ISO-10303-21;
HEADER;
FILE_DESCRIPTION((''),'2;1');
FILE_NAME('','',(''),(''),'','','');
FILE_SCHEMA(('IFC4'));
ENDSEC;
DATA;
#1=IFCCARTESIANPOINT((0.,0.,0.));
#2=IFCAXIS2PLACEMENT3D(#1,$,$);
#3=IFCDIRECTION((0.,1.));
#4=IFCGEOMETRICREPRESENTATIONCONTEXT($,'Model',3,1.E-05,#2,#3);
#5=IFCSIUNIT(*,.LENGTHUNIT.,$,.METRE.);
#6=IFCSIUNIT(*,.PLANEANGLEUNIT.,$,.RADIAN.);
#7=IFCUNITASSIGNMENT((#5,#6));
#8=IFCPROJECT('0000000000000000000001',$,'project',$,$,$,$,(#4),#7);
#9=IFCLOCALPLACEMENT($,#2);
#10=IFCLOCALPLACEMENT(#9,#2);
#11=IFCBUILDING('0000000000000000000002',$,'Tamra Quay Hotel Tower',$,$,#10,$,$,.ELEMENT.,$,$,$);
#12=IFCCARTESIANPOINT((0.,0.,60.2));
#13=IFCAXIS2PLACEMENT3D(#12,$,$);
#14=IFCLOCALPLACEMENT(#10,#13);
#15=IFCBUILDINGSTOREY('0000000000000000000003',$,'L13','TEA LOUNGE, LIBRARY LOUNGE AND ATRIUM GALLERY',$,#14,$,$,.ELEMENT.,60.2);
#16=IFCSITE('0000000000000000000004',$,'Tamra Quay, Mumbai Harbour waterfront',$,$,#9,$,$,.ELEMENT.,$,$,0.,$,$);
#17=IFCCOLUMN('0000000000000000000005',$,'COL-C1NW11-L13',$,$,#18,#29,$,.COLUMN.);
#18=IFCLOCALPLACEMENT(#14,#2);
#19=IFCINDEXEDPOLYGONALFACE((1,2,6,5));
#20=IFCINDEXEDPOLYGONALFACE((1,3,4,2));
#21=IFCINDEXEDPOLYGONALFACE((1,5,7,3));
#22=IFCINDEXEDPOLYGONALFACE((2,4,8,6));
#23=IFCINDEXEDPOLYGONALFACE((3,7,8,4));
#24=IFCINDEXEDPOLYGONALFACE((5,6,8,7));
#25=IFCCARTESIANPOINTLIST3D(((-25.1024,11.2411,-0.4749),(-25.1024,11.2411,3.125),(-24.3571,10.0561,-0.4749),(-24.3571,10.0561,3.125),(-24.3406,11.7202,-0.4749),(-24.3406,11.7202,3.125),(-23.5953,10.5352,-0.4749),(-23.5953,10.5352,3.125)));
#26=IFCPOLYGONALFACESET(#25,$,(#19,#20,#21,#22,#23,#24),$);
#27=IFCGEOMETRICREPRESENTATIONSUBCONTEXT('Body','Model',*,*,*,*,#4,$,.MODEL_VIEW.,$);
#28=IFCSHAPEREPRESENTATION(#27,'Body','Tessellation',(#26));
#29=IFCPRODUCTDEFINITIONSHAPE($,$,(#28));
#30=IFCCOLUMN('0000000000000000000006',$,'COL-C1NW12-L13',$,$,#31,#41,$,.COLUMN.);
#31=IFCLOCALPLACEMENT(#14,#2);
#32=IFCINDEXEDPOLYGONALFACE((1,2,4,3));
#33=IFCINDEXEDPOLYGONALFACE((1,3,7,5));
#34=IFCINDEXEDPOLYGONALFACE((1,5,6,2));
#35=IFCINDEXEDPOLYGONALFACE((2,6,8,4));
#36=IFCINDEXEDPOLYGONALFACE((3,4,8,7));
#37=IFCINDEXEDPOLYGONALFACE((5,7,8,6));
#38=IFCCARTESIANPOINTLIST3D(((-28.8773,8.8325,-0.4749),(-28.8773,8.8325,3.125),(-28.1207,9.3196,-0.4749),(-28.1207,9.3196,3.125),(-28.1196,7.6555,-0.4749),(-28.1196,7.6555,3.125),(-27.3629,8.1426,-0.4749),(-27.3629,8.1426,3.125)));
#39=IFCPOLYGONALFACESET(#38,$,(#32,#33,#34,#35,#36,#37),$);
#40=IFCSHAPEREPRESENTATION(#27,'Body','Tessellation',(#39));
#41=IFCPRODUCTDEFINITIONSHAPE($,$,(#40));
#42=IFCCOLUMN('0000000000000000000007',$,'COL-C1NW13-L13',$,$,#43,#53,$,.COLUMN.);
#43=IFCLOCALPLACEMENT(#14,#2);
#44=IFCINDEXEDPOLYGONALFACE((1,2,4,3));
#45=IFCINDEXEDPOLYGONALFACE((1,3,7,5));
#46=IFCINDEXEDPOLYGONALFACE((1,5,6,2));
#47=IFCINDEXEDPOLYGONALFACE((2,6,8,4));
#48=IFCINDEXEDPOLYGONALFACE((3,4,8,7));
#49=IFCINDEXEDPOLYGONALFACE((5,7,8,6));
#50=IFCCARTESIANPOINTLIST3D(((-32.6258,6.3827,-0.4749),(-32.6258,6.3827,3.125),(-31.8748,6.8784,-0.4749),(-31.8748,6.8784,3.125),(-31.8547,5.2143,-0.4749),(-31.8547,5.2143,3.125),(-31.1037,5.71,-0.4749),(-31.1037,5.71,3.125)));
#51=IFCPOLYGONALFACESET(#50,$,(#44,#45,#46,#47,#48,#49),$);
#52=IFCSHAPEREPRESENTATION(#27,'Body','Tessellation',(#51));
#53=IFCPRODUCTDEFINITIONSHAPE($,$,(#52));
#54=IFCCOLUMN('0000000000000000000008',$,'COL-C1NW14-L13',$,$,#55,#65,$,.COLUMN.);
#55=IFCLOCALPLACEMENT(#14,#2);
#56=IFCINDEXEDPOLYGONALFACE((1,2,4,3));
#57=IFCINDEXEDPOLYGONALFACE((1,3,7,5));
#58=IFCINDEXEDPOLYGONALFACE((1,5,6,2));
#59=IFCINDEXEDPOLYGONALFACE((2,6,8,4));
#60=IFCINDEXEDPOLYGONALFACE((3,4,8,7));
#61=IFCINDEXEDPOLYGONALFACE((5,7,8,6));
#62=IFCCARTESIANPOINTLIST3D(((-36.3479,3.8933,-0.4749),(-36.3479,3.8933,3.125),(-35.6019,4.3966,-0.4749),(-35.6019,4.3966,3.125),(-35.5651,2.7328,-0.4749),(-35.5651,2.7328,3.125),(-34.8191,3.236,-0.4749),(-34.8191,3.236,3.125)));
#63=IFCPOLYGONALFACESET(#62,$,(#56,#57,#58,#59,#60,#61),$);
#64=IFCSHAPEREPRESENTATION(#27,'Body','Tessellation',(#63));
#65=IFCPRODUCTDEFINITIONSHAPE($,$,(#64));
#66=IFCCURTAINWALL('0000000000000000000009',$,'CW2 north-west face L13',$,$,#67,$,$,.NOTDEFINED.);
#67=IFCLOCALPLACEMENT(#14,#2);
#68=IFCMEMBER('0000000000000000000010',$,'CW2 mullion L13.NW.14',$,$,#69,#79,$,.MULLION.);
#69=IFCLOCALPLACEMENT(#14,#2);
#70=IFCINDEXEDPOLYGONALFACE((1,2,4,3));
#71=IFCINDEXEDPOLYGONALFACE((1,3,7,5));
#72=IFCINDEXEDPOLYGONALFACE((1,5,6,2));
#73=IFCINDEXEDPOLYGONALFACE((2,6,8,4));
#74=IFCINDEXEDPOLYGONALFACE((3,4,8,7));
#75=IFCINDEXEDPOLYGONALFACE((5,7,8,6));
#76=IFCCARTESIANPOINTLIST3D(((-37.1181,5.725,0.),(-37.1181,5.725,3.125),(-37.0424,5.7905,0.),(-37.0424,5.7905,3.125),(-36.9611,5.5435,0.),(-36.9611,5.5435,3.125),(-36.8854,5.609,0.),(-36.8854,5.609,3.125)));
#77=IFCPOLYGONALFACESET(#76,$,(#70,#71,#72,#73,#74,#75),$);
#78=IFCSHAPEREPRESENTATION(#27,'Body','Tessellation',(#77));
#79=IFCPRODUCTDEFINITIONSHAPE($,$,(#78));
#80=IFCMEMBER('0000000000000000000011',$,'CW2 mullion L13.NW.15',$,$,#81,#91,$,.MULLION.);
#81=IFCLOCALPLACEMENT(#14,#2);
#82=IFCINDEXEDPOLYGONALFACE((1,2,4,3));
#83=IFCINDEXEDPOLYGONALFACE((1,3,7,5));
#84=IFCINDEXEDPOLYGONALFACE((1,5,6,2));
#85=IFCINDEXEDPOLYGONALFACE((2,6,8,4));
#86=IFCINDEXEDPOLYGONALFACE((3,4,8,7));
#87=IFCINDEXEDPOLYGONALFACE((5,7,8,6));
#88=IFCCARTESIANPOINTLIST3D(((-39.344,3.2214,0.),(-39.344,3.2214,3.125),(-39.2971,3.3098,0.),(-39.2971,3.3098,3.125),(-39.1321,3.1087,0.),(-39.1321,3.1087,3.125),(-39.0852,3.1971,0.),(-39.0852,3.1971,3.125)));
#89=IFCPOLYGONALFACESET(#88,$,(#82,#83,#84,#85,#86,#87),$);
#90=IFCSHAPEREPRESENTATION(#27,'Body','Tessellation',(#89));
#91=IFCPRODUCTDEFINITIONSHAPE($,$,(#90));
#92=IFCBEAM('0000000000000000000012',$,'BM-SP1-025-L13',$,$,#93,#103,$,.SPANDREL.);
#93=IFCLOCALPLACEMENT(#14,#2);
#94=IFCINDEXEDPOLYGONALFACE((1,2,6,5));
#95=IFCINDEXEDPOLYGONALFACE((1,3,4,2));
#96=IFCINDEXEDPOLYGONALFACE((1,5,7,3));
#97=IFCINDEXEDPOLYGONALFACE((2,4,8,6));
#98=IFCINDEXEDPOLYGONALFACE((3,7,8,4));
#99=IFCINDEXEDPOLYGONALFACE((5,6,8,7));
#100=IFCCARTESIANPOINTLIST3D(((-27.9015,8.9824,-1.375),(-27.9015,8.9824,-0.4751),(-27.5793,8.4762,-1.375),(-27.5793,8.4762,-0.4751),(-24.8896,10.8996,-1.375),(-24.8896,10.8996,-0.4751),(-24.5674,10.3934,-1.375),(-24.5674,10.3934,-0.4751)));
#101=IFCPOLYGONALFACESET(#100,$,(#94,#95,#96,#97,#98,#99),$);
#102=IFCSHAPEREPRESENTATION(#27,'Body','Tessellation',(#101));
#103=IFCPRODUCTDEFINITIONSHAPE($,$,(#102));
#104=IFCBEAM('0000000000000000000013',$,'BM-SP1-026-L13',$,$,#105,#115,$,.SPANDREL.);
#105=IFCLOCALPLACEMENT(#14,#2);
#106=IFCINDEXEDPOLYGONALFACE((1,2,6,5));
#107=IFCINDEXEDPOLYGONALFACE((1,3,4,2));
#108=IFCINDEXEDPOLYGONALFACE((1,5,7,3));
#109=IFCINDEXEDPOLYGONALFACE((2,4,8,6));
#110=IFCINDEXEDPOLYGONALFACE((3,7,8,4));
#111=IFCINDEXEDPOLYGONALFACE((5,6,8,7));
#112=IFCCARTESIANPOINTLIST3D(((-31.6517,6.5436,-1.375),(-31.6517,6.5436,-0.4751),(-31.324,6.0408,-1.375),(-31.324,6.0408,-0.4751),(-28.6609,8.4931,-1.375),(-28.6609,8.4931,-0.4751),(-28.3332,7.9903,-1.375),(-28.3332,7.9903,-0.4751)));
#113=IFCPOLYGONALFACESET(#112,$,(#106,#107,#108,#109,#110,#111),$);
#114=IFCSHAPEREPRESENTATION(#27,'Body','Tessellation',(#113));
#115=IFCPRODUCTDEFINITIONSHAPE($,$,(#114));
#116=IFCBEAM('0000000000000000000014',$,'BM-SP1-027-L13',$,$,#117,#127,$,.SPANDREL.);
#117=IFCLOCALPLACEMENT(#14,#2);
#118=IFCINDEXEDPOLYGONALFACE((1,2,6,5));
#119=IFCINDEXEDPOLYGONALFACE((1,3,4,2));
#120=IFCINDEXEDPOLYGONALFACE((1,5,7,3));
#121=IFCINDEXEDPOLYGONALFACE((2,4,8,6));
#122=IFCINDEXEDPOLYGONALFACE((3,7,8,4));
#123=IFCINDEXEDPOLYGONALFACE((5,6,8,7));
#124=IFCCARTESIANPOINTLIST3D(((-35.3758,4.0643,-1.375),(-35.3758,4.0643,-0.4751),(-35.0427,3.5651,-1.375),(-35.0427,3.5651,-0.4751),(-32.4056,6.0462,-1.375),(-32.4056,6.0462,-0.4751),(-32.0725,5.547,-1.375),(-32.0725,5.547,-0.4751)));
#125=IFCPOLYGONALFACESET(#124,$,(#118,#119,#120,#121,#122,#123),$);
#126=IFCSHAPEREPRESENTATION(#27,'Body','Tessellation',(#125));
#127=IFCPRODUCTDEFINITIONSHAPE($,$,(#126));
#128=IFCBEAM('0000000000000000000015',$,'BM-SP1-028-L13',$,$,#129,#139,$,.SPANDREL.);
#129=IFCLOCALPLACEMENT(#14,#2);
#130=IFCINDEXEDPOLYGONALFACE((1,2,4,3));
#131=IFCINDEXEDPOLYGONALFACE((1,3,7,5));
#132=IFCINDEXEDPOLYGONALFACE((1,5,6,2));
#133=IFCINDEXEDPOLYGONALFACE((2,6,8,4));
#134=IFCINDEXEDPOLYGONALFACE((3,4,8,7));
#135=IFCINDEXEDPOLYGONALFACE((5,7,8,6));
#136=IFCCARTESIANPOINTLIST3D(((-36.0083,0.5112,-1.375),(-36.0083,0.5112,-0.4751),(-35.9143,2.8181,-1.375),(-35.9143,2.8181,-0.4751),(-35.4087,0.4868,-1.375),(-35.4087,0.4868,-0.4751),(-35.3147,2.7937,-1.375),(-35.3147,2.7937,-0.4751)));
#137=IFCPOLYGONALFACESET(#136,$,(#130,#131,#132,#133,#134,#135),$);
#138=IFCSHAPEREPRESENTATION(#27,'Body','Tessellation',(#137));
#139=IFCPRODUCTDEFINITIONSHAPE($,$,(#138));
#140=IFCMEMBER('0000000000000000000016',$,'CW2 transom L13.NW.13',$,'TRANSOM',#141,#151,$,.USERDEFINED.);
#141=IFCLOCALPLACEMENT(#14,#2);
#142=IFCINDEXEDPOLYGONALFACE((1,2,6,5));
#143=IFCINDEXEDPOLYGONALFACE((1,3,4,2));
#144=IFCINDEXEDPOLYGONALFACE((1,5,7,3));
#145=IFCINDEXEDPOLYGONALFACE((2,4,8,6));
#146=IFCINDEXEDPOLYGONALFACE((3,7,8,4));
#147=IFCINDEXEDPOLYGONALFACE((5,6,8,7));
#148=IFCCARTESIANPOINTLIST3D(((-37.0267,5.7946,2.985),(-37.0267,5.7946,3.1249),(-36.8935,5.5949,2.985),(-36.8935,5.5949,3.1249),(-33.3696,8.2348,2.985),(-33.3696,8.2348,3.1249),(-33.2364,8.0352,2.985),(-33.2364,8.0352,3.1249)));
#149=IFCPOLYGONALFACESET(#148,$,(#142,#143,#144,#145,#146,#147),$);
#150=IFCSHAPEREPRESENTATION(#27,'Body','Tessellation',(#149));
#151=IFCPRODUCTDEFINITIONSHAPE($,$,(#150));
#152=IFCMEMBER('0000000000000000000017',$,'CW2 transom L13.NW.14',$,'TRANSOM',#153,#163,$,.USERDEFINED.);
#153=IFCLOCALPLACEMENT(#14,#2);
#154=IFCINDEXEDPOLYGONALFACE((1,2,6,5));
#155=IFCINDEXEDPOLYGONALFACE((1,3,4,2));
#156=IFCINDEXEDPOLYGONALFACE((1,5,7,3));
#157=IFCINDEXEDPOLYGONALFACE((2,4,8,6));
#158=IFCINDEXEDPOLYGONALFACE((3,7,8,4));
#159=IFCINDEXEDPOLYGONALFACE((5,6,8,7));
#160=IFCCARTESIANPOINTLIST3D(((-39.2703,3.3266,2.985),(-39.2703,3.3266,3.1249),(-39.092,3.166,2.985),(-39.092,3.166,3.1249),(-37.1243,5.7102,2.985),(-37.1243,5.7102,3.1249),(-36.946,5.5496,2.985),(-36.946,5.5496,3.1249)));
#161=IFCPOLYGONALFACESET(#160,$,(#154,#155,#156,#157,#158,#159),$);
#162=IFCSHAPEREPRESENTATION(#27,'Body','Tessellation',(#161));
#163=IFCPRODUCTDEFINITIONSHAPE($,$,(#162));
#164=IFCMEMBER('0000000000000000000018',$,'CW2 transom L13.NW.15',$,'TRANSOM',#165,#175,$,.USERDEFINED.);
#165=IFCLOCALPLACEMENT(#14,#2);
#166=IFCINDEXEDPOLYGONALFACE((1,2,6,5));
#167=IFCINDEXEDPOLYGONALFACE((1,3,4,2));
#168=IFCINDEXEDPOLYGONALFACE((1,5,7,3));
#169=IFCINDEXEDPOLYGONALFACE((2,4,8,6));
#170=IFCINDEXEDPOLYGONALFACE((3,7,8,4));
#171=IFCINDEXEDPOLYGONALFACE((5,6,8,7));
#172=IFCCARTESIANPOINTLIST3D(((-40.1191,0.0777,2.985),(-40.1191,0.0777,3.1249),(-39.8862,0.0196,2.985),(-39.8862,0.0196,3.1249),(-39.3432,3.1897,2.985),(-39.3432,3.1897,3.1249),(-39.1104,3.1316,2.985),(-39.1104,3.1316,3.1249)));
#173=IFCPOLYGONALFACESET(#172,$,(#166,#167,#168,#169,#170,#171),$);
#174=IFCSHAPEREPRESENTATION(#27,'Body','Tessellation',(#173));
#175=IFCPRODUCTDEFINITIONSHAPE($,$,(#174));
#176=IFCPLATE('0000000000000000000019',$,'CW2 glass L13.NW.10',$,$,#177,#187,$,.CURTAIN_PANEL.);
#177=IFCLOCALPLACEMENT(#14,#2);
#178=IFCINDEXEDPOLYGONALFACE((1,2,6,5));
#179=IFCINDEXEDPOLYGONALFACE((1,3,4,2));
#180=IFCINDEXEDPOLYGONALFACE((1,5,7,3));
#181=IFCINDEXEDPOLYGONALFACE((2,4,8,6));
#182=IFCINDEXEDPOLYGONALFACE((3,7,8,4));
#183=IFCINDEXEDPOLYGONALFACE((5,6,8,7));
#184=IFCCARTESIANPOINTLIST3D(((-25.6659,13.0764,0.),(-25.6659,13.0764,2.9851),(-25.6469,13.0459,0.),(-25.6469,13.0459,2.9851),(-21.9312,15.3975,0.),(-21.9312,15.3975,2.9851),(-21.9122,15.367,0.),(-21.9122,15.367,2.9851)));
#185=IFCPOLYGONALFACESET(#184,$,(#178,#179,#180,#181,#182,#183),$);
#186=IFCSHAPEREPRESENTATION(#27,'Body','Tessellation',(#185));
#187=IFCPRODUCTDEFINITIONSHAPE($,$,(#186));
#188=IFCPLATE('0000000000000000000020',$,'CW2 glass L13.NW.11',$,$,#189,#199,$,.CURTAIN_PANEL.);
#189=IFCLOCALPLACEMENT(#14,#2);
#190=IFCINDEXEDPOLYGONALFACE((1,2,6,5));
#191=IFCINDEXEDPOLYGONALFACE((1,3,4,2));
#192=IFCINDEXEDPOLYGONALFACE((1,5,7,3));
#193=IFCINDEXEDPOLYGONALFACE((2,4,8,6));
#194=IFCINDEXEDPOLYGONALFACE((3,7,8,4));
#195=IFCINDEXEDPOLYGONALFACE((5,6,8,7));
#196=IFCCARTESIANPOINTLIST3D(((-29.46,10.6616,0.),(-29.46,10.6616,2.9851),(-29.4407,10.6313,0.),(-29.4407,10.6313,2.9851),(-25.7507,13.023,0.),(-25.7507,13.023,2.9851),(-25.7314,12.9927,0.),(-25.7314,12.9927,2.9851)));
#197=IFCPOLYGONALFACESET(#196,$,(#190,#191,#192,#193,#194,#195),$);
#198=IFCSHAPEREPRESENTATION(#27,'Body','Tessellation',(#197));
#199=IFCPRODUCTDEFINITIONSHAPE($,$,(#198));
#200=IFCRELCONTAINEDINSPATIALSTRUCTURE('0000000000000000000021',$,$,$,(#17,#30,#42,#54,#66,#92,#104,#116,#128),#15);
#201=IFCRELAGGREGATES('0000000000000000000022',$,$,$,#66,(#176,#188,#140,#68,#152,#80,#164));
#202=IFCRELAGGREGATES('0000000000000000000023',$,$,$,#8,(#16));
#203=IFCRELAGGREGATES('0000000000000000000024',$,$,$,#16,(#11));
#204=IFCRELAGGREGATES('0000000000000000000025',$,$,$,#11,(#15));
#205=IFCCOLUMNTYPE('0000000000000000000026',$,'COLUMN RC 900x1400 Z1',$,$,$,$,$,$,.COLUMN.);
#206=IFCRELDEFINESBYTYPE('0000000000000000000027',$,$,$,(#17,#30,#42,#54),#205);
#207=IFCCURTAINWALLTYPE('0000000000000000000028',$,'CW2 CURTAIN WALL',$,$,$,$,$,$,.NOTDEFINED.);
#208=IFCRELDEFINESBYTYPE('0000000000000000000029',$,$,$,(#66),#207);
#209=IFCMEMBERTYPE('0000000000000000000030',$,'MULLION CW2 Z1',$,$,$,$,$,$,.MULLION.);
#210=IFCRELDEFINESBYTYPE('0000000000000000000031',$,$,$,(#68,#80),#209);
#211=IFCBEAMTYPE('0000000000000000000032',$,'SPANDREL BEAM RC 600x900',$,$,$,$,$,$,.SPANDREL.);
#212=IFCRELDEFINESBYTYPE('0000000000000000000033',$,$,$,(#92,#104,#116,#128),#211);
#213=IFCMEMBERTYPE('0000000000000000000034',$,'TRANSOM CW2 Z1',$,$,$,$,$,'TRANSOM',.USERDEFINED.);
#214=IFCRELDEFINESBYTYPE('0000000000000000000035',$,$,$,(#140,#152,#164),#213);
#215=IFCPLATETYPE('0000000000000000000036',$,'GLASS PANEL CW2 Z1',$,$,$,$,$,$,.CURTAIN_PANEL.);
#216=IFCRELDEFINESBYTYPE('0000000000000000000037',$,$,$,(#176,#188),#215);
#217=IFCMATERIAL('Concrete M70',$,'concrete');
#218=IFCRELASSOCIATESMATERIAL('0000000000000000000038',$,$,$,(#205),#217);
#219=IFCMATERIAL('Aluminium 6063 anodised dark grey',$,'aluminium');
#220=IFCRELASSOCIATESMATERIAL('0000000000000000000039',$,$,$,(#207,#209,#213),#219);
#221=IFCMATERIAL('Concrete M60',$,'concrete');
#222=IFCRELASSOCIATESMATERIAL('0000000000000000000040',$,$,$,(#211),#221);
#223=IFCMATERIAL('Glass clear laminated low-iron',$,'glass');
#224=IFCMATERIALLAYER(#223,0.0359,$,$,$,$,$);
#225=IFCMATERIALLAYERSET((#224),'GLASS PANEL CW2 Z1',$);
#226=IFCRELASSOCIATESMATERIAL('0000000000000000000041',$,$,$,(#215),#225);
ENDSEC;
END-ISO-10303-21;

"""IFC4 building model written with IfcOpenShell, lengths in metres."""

from ifc_helpers import new_model, si_unit, direction, frame, origin, origin_2d, place, context, subcontext, project, spatial, rectangle, extrude, material, layer, layer_set, material_profile, profile_set, type_object, element, aggregate, save


model = new_model("IFC4")

# Units and contexts
model_context = context("Model", 3, precision=1e-05, world=origin(), true_north=direction((0.0, 1.0)))
body_context = subcontext(model_context, "Body", "Model", "MODEL_VIEW")
ifc_project = project(units=[si_unit("LENGTHUNIT", "METRE"), si_unit("PLANEANGLEUNIT", "RADIAN")], contexts=[model_context])

# Site, building, storey
site_placement = place(None, origin())
site = spatial("IfcSite", under=ifc_project, at=site_placement, Name="Tamra Quay, Mumbai Harbour waterfront", CompositionType="ELEMENT", RefElevation=0.0)
building_placement = place(site_placement, origin())
building = spatial("IfcBuilding", under=site, at=building_placement, Name="Tamra Quay Hotel Tower", CompositionType="ELEMENT")
storey_placement = place(building_placement, frame((0.0, 0.0, 60.2)))
storey = spatial("IfcBuildingStorey", under=building, at=storey_placement, Name="L13", Description="TEA LOUNGE, LIBRARY LOUNGE AND ATRIUM GALLERY", CompositionType="ELEMENT", Elevation=60.2)

# Columns
ifc_material_1 = material(Name="Concrete M70", Category="concrete")
ifc_material_profile_1 = material_profile(ifc_material_1, rectangle(XDim=1.3999, YDim=0.8999, at=origin_2d()), Name="COLUMN RC 900x1400 Z1")
ifc_profile_set_1 = profile_set([ifc_material_profile_1], Name="Concrete M70")
column_type = type_object("IfcColumnType", Name="COLUMN RC 900x1400 Z1", PredefinedType="COLUMN", material=ifc_profile_set_1)
for number, where, z_axis, x_axis, name in (
    (1, (-24.3489, 10.8882, -0.4749), (0.0, 0.0, 1.0), (-0.532389, 0.8465, 0.0), "COL-C1NW11-L13"),
    (2, (-28.1201, 8.4875, -0.4749), (0.0, 0.0, 1.0), (-0.541283, 0.840841, 0.0), "COL-C1NW12-L13"),
    (3, (-31.8647, 6.0464, -0.4749), (0.0, 0.0, 1.0), (-0.550838, 0.834612, 0.0), "COL-C1NW13-L13"),
    (4, (-35.5835, 3.5647, -0.4749), (0.0, 0.0, 1.0), (-0.55922, 0.829019, 0.0), "COL-C1NW14-L13"),
):
    element("IfcColumn", number, at=place(storey_placement, frame(where, z_axis=z_axis, x_axis=x_axis)), inside=storey, type_object=column_type, Name=name, PredefinedType="COLUMN", context=body_context, shape_type="SweptSolid", body=[
        extrude(rectangle(XDim=1.3999, YDim=0.8999, at=origin_2d()), origin(), (0.0, 0.0, 1.0), 3.5999),
    ])

# Curtain wall, members
ifc_material_2 = material(Name="Aluminium 6063 anodised dark grey", Category="aluminium")
curtain_wall_type = type_object("IfcCurtainWallType", Name="CW2 CURTAIN WALL", PredefinedType="NOTDEFINED", material=ifc_material_2)
curtain_wall_placement = place(storey_placement, origin())
curtain_wall = element("IfcCurtainWall", 5, at=curtain_wall_placement, inside=storey, type_object=curtain_wall_type, Name="CW2 north-west face L13", PredefinedType="NOTDEFINED")
ifc_material_profile_2 = material_profile(ifc_material_2, rectangle(XDim=0.24, YDim=0.1001, at=origin_2d()), Name="MULLION 100X240")
ifc_profile_set_2 = profile_set([ifc_material_profile_2], Name="Aluminium 6063 anodised dark grey")
member_type_1 = type_object("IfcMemberType", Name="MULLION CW2 Z1", PredefinedType="MULLION", material=ifc_profile_set_2)
member_1_placement = place(storey_placement, frame((-37.0017, 5.667, 0.0), z_axis=(0.0, 0.0, 1.0), x_axis=(-0.654197, 0.756324, 0.0)))
member_1 = element("IfcMember", 6, at=member_1_placement, type_object=member_type_1, Name="CW2 mullion L13.NW.14", PredefinedType="MULLION", context=body_context, shape_type="SweptSolid", body=[
    extrude(rectangle(XDim=0.24, YDim=0.1001, at=origin_2d()), origin(), (0.0, 0.0, 1.0), 3.125),
])
member_2_placement = place(storey_placement, frame((-39.2146, 3.2092, 0.0), z_axis=(0.0, 0.0, 1.0), x_axis=(-0.882955, 0.469457, 0.0)))
member_2 = element("IfcMember", 7, at=member_2_placement, type_object=member_type_1, Name="CW2 mullion L13.NW.15", PredefinedType="MULLION", context=body_context, shape_type="SweptSolid", body=[
    extrude(rectangle(XDim=0.24, YDim=0.1001, at=origin_2d()), origin(), (0.0, 0.0, 1.0), 3.125),
])

# Beams
ifc_material_3 = material(Name="Concrete M60", Category="concrete")
ifc_material_profile_3 = material_profile(ifc_material_3, rectangle(XDim=0.6001, YDim=0.8999, at=origin_2d()), Name="SPANDREL BEAM RC 600x900")
ifc_profile_set_3 = profile_set([ifc_material_profile_3], Name="Concrete M60")
beam_type = type_object("IfcBeamType", Name="SPANDREL BEAM RC 600x900", PredefinedType="SPANDREL", material=ifc_profile_set_3)
beam_1_placement = place(storey_placement, frame((-24.7285, 10.6465, -0.925), z_axis=(-0.843594, -0.536982, 0.0), x_axis=(0.536982, -0.843594, 0.0)))
element("IfcBeam", 8, at=beam_1_placement, inside=storey, type_object=beam_type, Name="BM-SP1-025-L13", PredefinedType="SPANDREL", context=body_context, shape_type="SweptSolid", body=[
    extrude(rectangle(XDim=0.6001, YDim=0.8999, at=origin_2d()), origin(), (0.0, 0.0, 1.0), 3.5703),
])
beam_2_placement = place(storey_placement, frame((-28.4971, 8.2417, -0.925), z_axis=(-0.83774, -0.54607, 0.0), x_axis=(0.54607, -0.83774, 0.0)))
element("IfcBeam", 9, at=beam_2_placement, inside=storey, type_object=beam_type, Name="BM-SP1-026-L13", PredefinedType="SPANDREL", context=body_context, shape_type="SweptSolid", body=[
    extrude(rectangle(XDim=0.6001, YDim=0.8999, at=origin_2d()), origin(), (0.0, 0.0, 1.0), 3.5701),
])
beam_3_placement = place(storey_placement, frame((-32.239, 5.7966, -0.925), z_axis=(-0.831819, -0.555047, 0.0), x_axis=(0.555047, -0.831819, 0.0)))
element("IfcBeam", 10, at=beam_3_placement, inside=storey, type_object=beam_type, Name="BM-SP1-027-L13", PredefinedType="SPANDREL", context=body_context, shape_type="SweptSolid", body=[
    extrude(rectangle(XDim=0.6001, YDim=0.8999, at=origin_2d()), origin(), (0.0, 0.0, 1.0), 3.5708),
])
beam_4_placement = place(storey_placement, frame((-35.6145, 2.8059, -0.925), z_axis=(-0.040711, -0.999171, 0.0), x_axis=(0.999171, -0.040711, 0.0)))
element("IfcBeam", 11, at=beam_4_placement, inside=storey, type_object=beam_type, Name="BM-SP1-028-L13", PredefinedType="SPANDREL", context=body_context, shape_type="SweptSolid", body=[
    extrude(rectangle(XDim=0.6001, YDim=0.8999, at=origin_2d()), origin(), (0.0, 0.0, 1.0), 2.3088),
])

# Members
ifc_material_profile_4 = material_profile(ifc_material_2, rectangle(XDim=0.24, YDim=0.1399, at=origin_2d()), Name="TRANSOM 240X140")
ifc_profile_set_4 = profile_set([ifc_material_profile_4], Name="Aluminium 6063 anodised dark grey")
member_type_2 = type_object("IfcMemberType", Name="TRANSOM CW2 Z1", ElementType="TRANSOM", PredefinedType="USERDEFINED", material=ifc_profile_set_4)
member_3_placement = place(storey_placement, frame((-33.303, 8.135, 3.0549), z_axis=(-0.83182, -0.555046, 0.0), x_axis=(0.555046, -0.83182, 0.0)))
member_3 = element("IfcMember", 12, at=member_3_placement, type_object=member_type_2, Name="CW2 transom L13.NW.13", ObjectType="TRANSOM", PredefinedType="USERDEFINED", context=body_context, shape_type="SweptSolid", body=[
    extrude(rectangle(XDim=0.24, YDim=0.1399, at=origin_2d()), origin(), (0.0, 0.0, 1.0), 4.3965),
])
member_4_placement = place(storey_placement, frame((-37.0352, 5.6299, 3.0549), z_axis=(-0.669104, -0.743169, 0.0), x_axis=(0.743169, -0.669104, 0.0)))
member_4 = element("IfcMember", 13, at=member_4_placement, type_object=member_type_2, Name="CW2 transom L13.NW.14", ObjectType="TRANSOM", PredefinedType="USERDEFINED", context=body_context, shape_type="SweptSolid", body=[
    extrude(rectangle(XDim=0.24, YDim=0.1399, at=origin_2d()), origin(), (0.0, 0.0, 1.0), 3.2073),
])
member_5_placement = place(storey_placement, frame((-39.2268, 3.1606, 3.0549), z_axis=(-0.241909, -0.970299, 0.0), x_axis=(0.970299, -0.241909, 0.0)))
member_5 = element("IfcMember", 14, at=member_5_placement, type_object=member_type_2, Name="CW2 transom L13.NW.15", ObjectType="TRANSOM", PredefinedType="USERDEFINED", context=body_context, shape_type="SweptSolid", body=[
    extrude(rectangle(XDim=0.24, YDim=0.1399, at=origin_2d()), origin(), (0.0, 0.0, 1.0), 3.2073),
])

# Plates
ifc_material_4 = material(Name="Glass clear laminated low-iron", Category="glass")
ifc_layer_1 = layer(ifc_material_4, 0.0359)
ifc_layer_set_1 = layer_set([ifc_layer_1], Name="GLASS PANEL CW2 Z1")
plate_type = type_object("IfcPlateType", Name="GLASS PANEL CW2 Z1", PredefinedType="CURTAIN_PANEL", material=ifc_layer_set_1)
plate_1_placement = place(storey_placement, frame((-23.7891, 14.2217, 0.0), z_axis=(0.0, 0.0, 1.0), x_axis=(-0.849331, -0.52786, 0.0)))
plate_1 = element("IfcPlate", 15, at=plate_1_placement, type_object=plate_type, Name="CW2 glass L13.NW.10", PredefinedType="CURTAIN_PANEL", context=body_context, shape_type="SweptSolid", body=[
    extrude(rectangle(XDim=4.3972, YDim=0.0359, at=origin_2d()), origin(), (0.0, 0.0, 1.0), 2.9851),
])
plate_2_placement = place(storey_placement, frame((-27.5957, 11.8271, 0.0), z_axis=(0.0, 0.0, 1.0), x_axis=(-0.843571, -0.537018, 0.0)))
plate_2 = element("IfcPlate", 16, at=plate_2_placement, type_object=plate_type, Name="CW2 glass L13.NW.11", PredefinedType="CURTAIN_PANEL", context=body_context, shape_type="SweptSolid", body=[
    extrude(rectangle(XDim=4.3972, YDim=0.0359, at=origin_2d()), origin(), (0.0, 0.0, 1.0), 2.9851),
])
aggregate(curtain_wall, [plate_1, plate_2, member_3, member_1, member_4, member_2, member_5])

save(model, "model.ifc")
